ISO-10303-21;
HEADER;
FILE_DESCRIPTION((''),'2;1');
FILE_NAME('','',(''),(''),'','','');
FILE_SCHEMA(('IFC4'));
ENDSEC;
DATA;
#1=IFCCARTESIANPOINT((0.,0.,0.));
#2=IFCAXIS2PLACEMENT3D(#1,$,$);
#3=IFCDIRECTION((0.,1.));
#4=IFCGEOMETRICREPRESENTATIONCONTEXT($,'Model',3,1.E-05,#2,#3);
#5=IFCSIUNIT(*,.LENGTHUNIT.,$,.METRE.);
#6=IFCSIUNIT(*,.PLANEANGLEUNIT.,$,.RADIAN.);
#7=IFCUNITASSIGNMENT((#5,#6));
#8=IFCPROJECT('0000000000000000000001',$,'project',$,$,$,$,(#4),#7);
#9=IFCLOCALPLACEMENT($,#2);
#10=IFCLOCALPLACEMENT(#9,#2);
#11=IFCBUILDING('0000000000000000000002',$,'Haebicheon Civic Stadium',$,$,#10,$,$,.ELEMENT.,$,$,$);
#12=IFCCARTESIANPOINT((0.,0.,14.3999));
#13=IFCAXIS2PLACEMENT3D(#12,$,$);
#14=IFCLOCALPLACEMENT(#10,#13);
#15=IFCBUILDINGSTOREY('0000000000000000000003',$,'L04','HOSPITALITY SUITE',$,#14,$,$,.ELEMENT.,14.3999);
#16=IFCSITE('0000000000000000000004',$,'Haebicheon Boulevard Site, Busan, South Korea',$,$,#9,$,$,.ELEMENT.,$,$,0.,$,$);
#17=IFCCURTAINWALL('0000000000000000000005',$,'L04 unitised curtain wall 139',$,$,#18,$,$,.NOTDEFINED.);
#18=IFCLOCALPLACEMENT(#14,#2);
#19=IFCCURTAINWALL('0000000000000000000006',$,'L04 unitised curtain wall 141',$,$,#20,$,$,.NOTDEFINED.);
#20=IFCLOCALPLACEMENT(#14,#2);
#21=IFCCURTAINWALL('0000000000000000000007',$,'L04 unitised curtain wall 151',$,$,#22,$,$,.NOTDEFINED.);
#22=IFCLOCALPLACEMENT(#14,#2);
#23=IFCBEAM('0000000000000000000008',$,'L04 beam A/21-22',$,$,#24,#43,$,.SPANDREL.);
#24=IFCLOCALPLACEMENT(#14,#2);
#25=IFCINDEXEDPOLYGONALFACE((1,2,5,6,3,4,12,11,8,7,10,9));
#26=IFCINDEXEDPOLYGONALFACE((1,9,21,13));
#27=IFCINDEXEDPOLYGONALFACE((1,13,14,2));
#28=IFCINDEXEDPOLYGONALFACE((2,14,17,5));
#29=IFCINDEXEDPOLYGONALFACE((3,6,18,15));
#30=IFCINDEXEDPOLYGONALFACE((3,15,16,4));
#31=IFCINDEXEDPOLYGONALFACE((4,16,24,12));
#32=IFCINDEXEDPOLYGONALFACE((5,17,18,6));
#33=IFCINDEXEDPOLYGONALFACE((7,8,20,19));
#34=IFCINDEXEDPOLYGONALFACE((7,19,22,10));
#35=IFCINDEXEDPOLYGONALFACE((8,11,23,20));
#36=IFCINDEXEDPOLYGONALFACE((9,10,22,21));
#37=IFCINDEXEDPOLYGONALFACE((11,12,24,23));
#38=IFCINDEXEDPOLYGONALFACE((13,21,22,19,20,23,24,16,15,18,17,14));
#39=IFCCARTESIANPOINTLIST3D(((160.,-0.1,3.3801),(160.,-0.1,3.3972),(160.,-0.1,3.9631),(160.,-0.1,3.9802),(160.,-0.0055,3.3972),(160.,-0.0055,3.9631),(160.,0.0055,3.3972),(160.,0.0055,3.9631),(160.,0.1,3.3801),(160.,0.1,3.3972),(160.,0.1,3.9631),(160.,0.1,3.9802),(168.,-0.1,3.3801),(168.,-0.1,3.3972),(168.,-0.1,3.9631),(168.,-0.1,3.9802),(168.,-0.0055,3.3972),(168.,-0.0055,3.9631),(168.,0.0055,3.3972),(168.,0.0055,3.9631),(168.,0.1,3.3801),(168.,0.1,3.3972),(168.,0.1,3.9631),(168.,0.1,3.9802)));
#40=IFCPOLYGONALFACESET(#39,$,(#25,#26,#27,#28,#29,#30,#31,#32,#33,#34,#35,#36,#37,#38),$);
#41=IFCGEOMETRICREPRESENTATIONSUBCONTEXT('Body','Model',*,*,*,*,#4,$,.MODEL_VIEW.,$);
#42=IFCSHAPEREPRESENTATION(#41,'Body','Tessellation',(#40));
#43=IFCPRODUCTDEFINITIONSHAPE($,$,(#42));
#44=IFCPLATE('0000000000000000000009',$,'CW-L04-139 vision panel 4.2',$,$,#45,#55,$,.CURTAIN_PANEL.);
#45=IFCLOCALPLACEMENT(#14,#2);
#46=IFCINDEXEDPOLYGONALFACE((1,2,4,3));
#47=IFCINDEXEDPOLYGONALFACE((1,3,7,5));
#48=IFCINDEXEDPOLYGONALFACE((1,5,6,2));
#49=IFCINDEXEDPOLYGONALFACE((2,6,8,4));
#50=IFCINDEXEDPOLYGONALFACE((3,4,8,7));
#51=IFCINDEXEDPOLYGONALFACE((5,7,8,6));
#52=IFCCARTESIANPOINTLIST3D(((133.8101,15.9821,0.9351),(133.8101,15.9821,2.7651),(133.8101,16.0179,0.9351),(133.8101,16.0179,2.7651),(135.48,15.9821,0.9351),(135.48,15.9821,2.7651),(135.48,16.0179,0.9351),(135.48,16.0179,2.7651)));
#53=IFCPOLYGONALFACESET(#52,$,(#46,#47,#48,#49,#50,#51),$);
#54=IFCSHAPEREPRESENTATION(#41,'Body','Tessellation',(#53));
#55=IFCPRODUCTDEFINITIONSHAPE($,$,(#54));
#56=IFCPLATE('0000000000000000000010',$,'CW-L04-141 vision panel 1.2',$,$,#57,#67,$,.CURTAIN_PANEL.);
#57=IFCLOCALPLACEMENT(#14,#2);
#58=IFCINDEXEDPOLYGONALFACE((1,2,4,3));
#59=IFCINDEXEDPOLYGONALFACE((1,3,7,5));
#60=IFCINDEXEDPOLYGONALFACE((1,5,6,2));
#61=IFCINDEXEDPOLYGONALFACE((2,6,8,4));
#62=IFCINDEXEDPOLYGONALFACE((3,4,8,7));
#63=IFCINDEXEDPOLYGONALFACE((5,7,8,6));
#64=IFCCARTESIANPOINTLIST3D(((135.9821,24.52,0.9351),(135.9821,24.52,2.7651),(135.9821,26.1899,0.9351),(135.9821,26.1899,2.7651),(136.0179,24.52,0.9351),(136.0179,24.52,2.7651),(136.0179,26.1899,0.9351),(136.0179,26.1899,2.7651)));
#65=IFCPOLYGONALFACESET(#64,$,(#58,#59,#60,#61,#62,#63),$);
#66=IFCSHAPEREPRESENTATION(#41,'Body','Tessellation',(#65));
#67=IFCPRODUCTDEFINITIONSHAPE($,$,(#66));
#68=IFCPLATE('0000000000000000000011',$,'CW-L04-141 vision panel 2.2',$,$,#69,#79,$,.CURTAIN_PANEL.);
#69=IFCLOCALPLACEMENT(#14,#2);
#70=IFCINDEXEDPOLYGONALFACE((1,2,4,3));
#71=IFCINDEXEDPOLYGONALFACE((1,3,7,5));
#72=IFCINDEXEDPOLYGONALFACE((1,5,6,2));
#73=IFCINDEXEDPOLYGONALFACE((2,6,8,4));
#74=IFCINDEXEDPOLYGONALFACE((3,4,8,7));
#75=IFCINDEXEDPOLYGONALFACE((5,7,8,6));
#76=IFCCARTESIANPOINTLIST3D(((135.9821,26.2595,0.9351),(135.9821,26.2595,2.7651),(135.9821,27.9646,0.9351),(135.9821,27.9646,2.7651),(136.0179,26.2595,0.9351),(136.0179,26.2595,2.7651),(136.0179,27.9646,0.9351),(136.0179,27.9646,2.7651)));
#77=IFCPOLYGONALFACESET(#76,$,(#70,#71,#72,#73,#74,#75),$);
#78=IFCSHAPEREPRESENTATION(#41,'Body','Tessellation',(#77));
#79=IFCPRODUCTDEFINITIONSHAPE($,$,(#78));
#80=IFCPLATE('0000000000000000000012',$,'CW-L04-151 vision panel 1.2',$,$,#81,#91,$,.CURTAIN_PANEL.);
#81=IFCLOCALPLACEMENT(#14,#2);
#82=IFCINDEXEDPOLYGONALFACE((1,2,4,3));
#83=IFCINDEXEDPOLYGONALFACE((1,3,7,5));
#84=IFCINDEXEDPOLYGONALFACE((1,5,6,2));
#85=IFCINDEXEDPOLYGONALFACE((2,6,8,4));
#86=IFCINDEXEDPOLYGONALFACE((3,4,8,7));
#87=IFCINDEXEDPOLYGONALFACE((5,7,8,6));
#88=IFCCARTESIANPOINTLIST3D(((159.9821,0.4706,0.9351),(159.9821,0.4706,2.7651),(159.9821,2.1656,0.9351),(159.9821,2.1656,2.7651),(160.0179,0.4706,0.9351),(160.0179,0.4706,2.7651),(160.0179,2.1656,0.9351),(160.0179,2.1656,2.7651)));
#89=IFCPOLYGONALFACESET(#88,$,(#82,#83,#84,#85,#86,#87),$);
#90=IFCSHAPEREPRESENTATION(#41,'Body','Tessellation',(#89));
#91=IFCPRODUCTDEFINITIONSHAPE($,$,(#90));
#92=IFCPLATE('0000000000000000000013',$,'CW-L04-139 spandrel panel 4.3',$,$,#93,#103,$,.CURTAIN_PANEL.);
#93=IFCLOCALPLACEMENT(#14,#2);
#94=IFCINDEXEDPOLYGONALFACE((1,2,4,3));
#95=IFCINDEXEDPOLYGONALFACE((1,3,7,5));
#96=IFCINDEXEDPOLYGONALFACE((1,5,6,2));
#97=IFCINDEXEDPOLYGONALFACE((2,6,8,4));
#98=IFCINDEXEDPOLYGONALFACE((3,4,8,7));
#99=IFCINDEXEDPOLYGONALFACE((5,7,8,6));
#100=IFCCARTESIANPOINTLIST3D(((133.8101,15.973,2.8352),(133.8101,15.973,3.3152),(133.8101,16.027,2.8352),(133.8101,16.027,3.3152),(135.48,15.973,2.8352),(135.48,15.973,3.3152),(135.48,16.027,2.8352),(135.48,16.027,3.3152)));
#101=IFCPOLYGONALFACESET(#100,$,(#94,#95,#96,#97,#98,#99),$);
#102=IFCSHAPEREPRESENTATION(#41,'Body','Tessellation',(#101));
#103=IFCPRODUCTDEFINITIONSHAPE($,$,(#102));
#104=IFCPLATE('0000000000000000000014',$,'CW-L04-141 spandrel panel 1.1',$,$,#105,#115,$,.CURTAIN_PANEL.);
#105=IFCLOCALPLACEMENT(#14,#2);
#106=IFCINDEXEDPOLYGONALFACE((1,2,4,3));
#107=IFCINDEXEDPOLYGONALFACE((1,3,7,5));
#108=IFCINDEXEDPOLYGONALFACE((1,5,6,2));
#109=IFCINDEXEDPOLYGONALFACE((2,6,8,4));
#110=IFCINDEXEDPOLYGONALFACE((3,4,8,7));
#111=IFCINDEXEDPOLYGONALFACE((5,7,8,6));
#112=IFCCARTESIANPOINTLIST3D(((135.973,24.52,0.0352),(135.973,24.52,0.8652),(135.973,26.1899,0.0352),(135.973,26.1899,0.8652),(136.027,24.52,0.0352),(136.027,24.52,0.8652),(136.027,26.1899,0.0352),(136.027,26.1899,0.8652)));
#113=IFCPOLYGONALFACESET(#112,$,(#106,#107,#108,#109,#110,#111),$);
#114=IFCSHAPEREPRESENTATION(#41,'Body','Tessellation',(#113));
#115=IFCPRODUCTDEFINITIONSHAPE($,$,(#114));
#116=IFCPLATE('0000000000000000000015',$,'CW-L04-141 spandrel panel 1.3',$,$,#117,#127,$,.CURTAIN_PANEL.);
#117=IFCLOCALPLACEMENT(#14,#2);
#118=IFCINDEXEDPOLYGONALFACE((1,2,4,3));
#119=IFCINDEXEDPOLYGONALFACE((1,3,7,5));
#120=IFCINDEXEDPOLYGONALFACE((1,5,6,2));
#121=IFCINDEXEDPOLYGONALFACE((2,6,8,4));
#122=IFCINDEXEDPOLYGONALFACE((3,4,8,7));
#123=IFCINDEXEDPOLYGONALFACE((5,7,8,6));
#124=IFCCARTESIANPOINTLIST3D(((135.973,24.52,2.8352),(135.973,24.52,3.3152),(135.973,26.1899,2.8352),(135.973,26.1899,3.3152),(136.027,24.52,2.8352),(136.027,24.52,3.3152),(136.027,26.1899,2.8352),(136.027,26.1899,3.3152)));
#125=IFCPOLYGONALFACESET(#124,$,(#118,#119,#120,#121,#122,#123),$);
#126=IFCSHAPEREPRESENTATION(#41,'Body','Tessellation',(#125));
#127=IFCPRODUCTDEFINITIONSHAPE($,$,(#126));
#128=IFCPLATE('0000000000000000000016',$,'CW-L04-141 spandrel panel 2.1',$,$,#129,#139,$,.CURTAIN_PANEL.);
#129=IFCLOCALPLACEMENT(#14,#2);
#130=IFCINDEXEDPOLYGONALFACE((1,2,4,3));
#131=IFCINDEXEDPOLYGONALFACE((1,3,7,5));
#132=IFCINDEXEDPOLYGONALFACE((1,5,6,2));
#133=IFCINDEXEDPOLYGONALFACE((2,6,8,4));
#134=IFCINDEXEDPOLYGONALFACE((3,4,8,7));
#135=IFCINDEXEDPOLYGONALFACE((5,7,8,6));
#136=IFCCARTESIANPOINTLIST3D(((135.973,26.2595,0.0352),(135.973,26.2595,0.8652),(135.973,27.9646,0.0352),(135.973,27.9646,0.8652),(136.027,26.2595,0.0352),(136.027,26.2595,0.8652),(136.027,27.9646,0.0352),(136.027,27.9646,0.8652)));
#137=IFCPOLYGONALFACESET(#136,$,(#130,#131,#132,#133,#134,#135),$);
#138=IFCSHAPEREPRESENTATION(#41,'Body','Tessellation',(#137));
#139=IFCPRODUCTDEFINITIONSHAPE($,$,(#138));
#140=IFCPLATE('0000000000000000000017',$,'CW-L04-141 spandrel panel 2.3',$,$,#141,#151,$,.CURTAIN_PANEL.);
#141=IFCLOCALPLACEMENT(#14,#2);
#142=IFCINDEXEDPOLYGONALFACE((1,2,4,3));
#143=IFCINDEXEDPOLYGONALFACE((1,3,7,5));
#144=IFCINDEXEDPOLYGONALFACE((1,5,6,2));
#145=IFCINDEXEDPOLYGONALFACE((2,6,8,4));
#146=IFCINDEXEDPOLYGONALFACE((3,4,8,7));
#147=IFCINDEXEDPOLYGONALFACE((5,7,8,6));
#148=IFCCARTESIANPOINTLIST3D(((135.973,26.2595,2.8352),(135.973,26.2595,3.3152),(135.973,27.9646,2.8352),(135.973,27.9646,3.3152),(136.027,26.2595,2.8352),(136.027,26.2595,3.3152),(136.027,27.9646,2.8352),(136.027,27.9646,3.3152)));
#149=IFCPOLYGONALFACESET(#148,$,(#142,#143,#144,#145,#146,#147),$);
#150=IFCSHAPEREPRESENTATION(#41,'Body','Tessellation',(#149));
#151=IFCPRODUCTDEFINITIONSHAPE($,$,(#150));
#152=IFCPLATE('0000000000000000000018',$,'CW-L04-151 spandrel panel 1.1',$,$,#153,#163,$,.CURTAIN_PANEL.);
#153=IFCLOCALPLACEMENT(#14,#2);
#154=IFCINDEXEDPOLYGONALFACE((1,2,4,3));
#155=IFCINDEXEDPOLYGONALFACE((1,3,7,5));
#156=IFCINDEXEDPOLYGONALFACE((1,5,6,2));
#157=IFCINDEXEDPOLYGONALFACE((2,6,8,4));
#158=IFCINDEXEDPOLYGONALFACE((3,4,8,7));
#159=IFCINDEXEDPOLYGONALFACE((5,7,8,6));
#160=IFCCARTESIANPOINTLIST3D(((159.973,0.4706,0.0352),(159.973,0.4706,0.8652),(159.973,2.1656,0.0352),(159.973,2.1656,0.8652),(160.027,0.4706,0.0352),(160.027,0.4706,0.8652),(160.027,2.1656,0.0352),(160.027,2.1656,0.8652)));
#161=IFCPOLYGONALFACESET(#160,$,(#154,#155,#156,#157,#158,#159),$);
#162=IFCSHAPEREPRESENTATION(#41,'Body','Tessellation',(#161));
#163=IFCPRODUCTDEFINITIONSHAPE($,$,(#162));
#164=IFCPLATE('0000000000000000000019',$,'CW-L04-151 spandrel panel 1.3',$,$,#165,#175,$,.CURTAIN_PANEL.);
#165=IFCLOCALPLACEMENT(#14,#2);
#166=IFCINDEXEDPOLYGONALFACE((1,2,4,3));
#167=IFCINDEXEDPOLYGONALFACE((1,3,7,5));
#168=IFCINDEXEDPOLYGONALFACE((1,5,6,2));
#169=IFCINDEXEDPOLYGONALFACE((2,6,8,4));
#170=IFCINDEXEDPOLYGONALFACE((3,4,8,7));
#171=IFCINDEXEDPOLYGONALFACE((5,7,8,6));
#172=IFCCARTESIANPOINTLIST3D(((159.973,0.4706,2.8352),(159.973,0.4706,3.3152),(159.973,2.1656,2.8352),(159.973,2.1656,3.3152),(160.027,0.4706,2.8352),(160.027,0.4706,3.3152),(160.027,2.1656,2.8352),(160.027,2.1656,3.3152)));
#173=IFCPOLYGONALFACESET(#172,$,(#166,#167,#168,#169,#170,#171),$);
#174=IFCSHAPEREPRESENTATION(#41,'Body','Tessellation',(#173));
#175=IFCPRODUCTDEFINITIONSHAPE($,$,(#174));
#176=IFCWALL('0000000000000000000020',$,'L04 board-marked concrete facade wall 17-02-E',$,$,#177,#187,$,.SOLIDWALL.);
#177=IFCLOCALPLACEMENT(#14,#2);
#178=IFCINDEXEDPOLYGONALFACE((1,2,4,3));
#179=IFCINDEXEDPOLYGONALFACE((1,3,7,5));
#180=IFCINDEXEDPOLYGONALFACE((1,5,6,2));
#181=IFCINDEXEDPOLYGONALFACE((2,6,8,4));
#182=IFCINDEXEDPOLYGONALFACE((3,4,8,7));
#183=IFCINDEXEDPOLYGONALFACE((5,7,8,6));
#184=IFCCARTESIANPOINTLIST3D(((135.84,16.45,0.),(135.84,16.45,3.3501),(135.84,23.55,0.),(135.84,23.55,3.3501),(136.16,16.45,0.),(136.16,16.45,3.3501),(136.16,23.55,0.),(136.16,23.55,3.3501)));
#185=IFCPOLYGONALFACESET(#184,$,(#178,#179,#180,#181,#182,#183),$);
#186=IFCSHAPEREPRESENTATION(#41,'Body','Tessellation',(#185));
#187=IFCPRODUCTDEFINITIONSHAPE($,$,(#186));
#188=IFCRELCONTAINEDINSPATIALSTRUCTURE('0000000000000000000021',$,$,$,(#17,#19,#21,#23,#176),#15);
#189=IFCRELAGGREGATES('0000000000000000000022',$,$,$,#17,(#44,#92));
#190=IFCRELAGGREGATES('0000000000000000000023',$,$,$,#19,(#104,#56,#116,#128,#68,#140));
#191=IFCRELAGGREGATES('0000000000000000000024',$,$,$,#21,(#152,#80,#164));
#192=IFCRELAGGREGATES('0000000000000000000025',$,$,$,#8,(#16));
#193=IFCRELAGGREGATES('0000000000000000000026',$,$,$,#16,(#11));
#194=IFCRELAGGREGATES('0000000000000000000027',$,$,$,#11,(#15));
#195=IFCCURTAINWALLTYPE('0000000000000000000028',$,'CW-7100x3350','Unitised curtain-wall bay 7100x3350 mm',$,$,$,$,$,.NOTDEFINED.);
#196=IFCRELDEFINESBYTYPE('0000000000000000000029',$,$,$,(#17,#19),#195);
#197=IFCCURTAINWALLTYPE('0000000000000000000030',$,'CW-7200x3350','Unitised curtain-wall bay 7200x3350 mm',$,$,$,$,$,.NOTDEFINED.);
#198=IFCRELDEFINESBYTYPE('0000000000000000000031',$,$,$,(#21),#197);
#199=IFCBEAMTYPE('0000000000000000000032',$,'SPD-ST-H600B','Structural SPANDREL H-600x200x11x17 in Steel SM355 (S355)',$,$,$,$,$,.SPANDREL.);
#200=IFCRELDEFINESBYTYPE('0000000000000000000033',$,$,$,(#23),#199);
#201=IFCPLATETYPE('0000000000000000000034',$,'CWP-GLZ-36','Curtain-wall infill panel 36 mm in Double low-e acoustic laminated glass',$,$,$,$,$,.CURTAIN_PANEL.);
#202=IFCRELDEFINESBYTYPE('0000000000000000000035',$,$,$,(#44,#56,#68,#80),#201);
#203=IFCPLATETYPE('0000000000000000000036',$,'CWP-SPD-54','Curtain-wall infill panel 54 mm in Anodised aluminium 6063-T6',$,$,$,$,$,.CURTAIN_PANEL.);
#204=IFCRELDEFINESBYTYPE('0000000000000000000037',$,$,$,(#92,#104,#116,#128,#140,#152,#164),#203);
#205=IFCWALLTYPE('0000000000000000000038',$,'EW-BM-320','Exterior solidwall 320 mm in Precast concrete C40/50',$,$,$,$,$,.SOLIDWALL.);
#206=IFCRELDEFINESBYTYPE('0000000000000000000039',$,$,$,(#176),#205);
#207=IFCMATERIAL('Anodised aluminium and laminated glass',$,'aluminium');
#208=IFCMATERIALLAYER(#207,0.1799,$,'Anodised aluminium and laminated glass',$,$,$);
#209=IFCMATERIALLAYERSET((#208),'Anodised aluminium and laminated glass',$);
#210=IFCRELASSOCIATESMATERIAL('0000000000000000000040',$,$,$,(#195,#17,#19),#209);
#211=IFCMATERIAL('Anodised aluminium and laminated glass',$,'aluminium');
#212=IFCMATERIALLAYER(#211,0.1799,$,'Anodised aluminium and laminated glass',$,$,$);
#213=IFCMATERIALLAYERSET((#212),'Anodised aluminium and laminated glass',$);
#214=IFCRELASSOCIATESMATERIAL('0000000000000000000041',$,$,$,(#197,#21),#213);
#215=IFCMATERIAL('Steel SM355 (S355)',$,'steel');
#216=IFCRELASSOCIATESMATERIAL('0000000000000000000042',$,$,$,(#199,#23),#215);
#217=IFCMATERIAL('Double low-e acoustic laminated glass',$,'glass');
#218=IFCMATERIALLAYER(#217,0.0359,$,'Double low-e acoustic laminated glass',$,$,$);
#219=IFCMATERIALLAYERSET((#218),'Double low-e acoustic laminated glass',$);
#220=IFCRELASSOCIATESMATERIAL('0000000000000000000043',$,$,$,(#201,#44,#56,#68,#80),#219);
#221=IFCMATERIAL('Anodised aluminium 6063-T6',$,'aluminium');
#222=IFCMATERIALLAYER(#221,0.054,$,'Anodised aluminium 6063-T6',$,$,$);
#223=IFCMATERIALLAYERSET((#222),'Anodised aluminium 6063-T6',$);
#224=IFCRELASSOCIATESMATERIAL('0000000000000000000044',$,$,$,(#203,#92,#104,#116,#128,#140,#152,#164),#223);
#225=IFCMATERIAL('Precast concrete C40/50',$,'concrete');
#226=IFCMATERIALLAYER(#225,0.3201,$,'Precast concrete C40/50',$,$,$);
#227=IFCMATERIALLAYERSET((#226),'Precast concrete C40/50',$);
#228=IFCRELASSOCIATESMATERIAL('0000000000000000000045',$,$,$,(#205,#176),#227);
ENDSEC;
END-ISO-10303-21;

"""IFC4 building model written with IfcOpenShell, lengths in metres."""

from ifc_helpers import new_model, si_unit, direction, frame, frame_2d, origin, origin_2d, place, context, subcontext, project, spatial, rectangle, i_section, extrude, material, layer, layer_set, material_profile, profile_set, type_object, element, aggregate, save


model = new_model("IFC4")

# Units and contexts
model_context = context("Model", 3, precision=1e-05, world=origin(), true_north=direction((0.0, 1.0)))
body_context = subcontext(model_context, "Body", "Model", "MODEL_VIEW")
ifc_project = project(units=[si_unit("LENGTHUNIT", "METRE"), si_unit("PLANEANGLEUNIT", "RADIAN")], contexts=[model_context])

# Site, building, storey
site_placement = place(None, origin())
site = spatial("IfcSite", under=ifc_project, at=site_placement, Name="Haebicheon Boulevard Site, Busan, South Korea", CompositionType="ELEMENT", RefElevation=0.0)
building_placement = place(site_placement, origin())
building = spatial("IfcBuilding", under=site, at=building_placement, Name="Haebicheon Civic Stadium", CompositionType="ELEMENT")
storey_placement = place(building_placement, frame((0.0, 0.0, 14.3999)))
storey = spatial("IfcBuildingStorey", under=building, at=storey_placement, Name="L04", Description="HOSPITALITY SUITE", CompositionType="ELEMENT", Elevation=14.3999)

# Curtain wall
ifc_material_1 = material(Name="Anodised aluminium and laminated glass", Category="aluminium")
ifc_layer_1 = layer(ifc_material_1, 0.1799, Name="Anodised aluminium and laminated glass")
ifc_layer_set_1 = layer_set([ifc_layer_1], Name="Anodised aluminium and laminated glass")
curtain_wall_type_1 = type_object("IfcCurtainWallType", Name="CW-7100x3350", Description="Unitised curtain-wall bay 7100x3350 mm", PredefinedType="NOTDEFINED", material=ifc_layer_set_1)
curtain_wall_1_placement = place(storey_placement, origin())
curtain_wall_1 = element("IfcCurtainWall", 1, at=curtain_wall_1_placement, inside=storey, type_object=curtain_wall_type_1, material=ifc_layer_set_1, Name="L04 unitised curtain wall 139", PredefinedType="NOTDEFINED")

# Curtain walls
curtain_wall_2_placement = place(storey_placement, origin())
curtain_wall_2 = element("IfcCurtainWall", 2, at=curtain_wall_2_placement, inside=storey, type_object=curtain_wall_type_1, material=ifc_layer_set_1, Name="L04 unitised curtain wall 141", PredefinedType="NOTDEFINED")
ifc_material_2 = material(Name="Anodised aluminium and laminated glass", Category="aluminium")
ifc_layer_2 = layer(ifc_material_2, 0.1799, Name="Anodised aluminium and laminated glass")
ifc_layer_set_2 = layer_set([ifc_layer_2], Name="Anodised aluminium and laminated glass")
curtain_wall_type_2 = type_object("IfcCurtainWallType", Name="CW-7200x3350", Description="Unitised curtain-wall bay 7200x3350 mm", PredefinedType="NOTDEFINED", material=ifc_layer_set_2)
curtain_wall_3_placement = place(storey_placement, origin())
curtain_wall_3 = element("IfcCurtainWall", 3, at=curtain_wall_3_placement, inside=storey, type_object=curtain_wall_type_2, material=ifc_layer_set_2, Name="L04 unitised curtain wall 151", PredefinedType="NOTDEFINED")

# Beam
ifc_material_3 = material(Name="Steel SM355 (S355)", Category="steel")
ifc_material_profile_1 = material_profile(ifc_material_3, i_section(OverallWidth=0.2, OverallDepth=0.6001, WebThickness=0.011, FlangeThickness=0.0171, at=origin_2d()), Name="H-600x200x11x17")
ifc_profile_set_1 = profile_set([ifc_material_profile_1], Name="Steel SM355 (S355)")
beam_type = type_object("IfcBeamType", Name="SPD-ST-H600B", Description="Structural SPANDREL H-600x200x11x17 in Steel SM355 (S355)", PredefinedType="SPANDREL", material=ifc_profile_set_1)
for number, where, z_axis, x_axis, name in (
    (4, (160.0, 0.0, 3.6802), (1.0, 0.0, 0.0), (0.0, 1.0, 0.0), "L04 beam A/21-22"),
):
    element("IfcBeam", number, at=place(storey_placement, frame(where, z_axis=z_axis, x_axis=x_axis)), inside=storey, type_object=beam_type, material=ifc_profile_set_1, Name=name, PredefinedType="SPANDREL", context=body_context, shape_type="SweptSolid", body=[
        extrude(i_section(OverallWidth=0.2, OverallDepth=0.6001, WebThickness=0.011, FlangeThickness=0.0171, at=origin_2d()), origin(), (0.0, 0.0, 1.0), 8.0),
    ])

# Plates
ifc_material_4 = material(Name="Double low-e acoustic laminated glass", Category="glass")
ifc_layer_3 = layer(ifc_material_4, 0.0359, Name="Double low-e acoustic laminated glass")
ifc_layer_set_3 = layer_set([ifc_layer_3], Name="Double low-e acoustic laminated glass")
plate_type_1 = type_object("IfcPlateType", Name="CWP-GLZ-36", Description="Curtain-wall infill panel 36 mm in Double low-e acoustic laminated glass", PredefinedType="CURTAIN_PANEL", material=ifc_layer_set_3)
plate_1_placement = place(storey_placement, frame((134.645, 16.0, 0.9351), z_axis=(0.0, 0.0, 1.0), x_axis=(1.0, 0.0, 0.0)))
plate_1 = element("IfcPlate", 5, at=plate_1_placement, type_object=plate_type_1, material=ifc_layer_set_3, Name="CW-L04-139 vision panel 4.2", PredefinedType="CURTAIN_PANEL", context=body_context, shape_type="SweptSolid", body=[
    extrude(rectangle(XDim=1.6699, YDim=0.0359, at=origin_2d()), origin(), (0.0, 0.0, 1.0), 1.8301),
])
plate_2_placement = place(storey_placement, frame((136.0, 25.355, 0.9351), z_axis=(0.0, 0.0, 1.0), x_axis=(0.0, 1.0, 0.0)))
plate_2 = element("IfcPlate", 6, at=plate_2_placement, type_object=plate_type_1, material=ifc_layer_set_3, Name="CW-L04-141 vision panel 1.2", PredefinedType="CURTAIN_PANEL", context=body_context, shape_type="SweptSolid", body=[
    extrude(rectangle(XDim=1.6699, YDim=0.0359, at=origin_2d()), origin(), (0.0, 0.0, 1.0), 1.8301),
])
plate_3_placement = place(storey_placement, frame((136.0, 27.1121, 0.9351), z_axis=(0.0, 0.0, 1.0), x_axis=(0.0, 1.0, 0.0)))
plate_3 = element("IfcPlate", 7, at=plate_3_placement, type_object=plate_type_1, material=ifc_layer_set_3, Name="CW-L04-141 vision panel 2.2", PredefinedType="CURTAIN_PANEL", context=body_context, shape_type="SweptSolid", body=[
    extrude(rectangle(XDim=1.7051, YDim=0.0359, at=origin_2d()), origin(), (0.0, 0.0, 1.0), 1.8301),
])
plate_4_placement = place(storey_placement, frame((160.0, 1.3181, 0.9351), z_axis=(0.0, 0.0, 1.0), x_axis=(0.0, 1.0, 0.0)))
plate_4 = element("IfcPlate", 8, at=plate_4_placement, type_object=plate_type_1, material=ifc_layer_set_3, Name="CW-L04-151 vision panel 1.2", PredefinedType="CURTAIN_PANEL", context=body_context, shape_type="SweptSolid", body=[
    extrude(rectangle(XDim=1.6951, YDim=0.0359, at=origin_2d()), origin(), (0.0, 0.0, 1.0), 1.8301),
])
ifc_material_5 = material(Name="Anodised aluminium 6063-T6", Category="aluminium")
ifc_layer_4 = layer(ifc_material_5, 0.054, Name="Anodised aluminium 6063-T6")
ifc_layer_set_4 = layer_set([ifc_layer_4], Name="Anodised aluminium 6063-T6")
plate_type_2 = type_object("IfcPlateType", Name="CWP-SPD-54", Description="Curtain-wall infill panel 54 mm in Anodised aluminium 6063-T6", PredefinedType="CURTAIN_PANEL", material=ifc_layer_set_4)
plate_5_placement = place(storey_placement, frame((134.645, 16.0, 2.8352), z_axis=(0.0, 0.0, 1.0), x_axis=(1.0, 0.0, 0.0)))
plate_5 = element("IfcPlate", 9, at=plate_5_placement, type_object=plate_type_2, material=ifc_layer_set_4, Name="CW-L04-139 spandrel panel 4.3", PredefinedType="CURTAIN_PANEL", context=body_context, shape_type="SweptSolid", body=[
    extrude(rectangle(XDim=1.6699, YDim=0.054, at=origin_2d()), origin(), (0.0, 0.0, 1.0), 0.48),
])
aggregate(curtain_wall_1, [plate_1, plate_5])
plate_6_placement = place(storey_placement, frame((136.0, 25.355, 0.0352), z_axis=(0.0, 0.0, 1.0), x_axis=(0.0, 1.0, 0.0)))
plate_6 = element("IfcPlate", 10, at=plate_6_placement, type_object=plate_type_2, material=ifc_layer_set_4, Name="CW-L04-141 spandrel panel 1.1", PredefinedType="CURTAIN_PANEL", context=body_context, shape_type="SweptSolid", body=[
    extrude(rectangle(XDim=1.6699, YDim=0.054, at=origin_2d()), origin(), (0.0, 0.0, 1.0), 0.8301),
])
plate_7_placement = place(storey_placement, frame((136.0, 25.355, 2.8352), z_axis=(0.0, 0.0, 1.0), x_axis=(0.0, 1.0, 0.0)))
plate_7 = element("IfcPlate", 11, at=plate_7_placement, type_object=plate_type_2, material=ifc_layer_set_4, Name="CW-L04-141 spandrel panel 1.3", PredefinedType="CURTAIN_PANEL", context=body_context, shape_type="SweptSolid", body=[
    extrude(rectangle(XDim=1.6699, YDim=0.054, at=origin_2d()), origin(), (0.0, 0.0, 1.0), 0.48),
])
plate_8_placement = place(storey_placement, frame((136.0, 27.1121, 0.0352), z_axis=(0.0, 0.0, 1.0), x_axis=(0.0, 1.0, 0.0)))
plate_8 = element("IfcPlate", 12, at=plate_8_placement, type_object=plate_type_2, material=ifc_layer_set_4, Name="CW-L04-141 spandrel panel 2.1", PredefinedType="CURTAIN_PANEL", context=body_context, shape_type="SweptSolid", body=[
    extrude(rectangle(XDim=1.7051, YDim=0.054, at=origin_2d()), origin(), (0.0, 0.0, 1.0), 0.8301),
])
plate_9_placement = place(storey_placement, frame((136.0, 27.1121, 2.8352), z_axis=(0.0, 0.0, 1.0), x_axis=(0.0, 1.0, 0.0)))
plate_9 = element("IfcPlate", 13, at=plate_9_placement, type_object=plate_type_2, material=ifc_layer_set_4, Name="CW-L04-141 spandrel panel 2.3", PredefinedType="CURTAIN_PANEL", context=body_context, shape_type="SweptSolid", body=[
    extrude(rectangle(XDim=1.7051, YDim=0.054, at=origin_2d()), origin(), (0.0, 0.0, 1.0), 0.48),
])
aggregate(curtain_wall_2, [plate_6, plate_2, plate_7, plate_8, plate_3, plate_9])
plate_10_placement = place(storey_placement, frame((160.0, 1.3181, 0.0352), z_axis=(0.0, 0.0, 1.0), x_axis=(0.0, 1.0, 0.0)))
plate_10 = element("IfcPlate", 14, at=plate_10_placement, type_object=plate_type_2, material=ifc_layer_set_4, Name="CW-L04-151 spandrel panel 1.1", PredefinedType="CURTAIN_PANEL", context=body_context, shape_type="SweptSolid", body=[
    extrude(rectangle(XDim=1.6951, YDim=0.054, at=origin_2d()), origin(), (0.0, 0.0, 1.0), 0.8301),
])
plate_11_placement = place(storey_placement, frame((160.0, 1.3181, 2.8352), z_axis=(0.0, 0.0, 1.0), x_axis=(0.0, 1.0, 0.0)))
plate_11 = element("IfcPlate", 15, at=plate_11_placement, type_object=plate_type_2, material=ifc_layer_set_4, Name="CW-L04-151 spandrel panel 1.3", PredefinedType="CURTAIN_PANEL", context=body_context, shape_type="SweptSolid", body=[
    extrude(rectangle(XDim=1.6951, YDim=0.054, at=origin_2d()), origin(), (0.0, 0.0, 1.0), 0.48),
])
aggregate(curtain_wall_3, [plate_10, plate_4, plate_11])

# Wall
ifc_material_6 = material(Name="Precast concrete C40/50", Category="concrete")
ifc_layer_5 = layer(ifc_material_6, 0.3201, Name="Precast concrete C40/50")
ifc_layer_set_5 = layer_set([ifc_layer_5], Name="Precast concrete C40/50")
wall_type = type_object("IfcWallType", Name="EW-BM-320", Description="Exterior solidwall 320 mm in Precast concrete C40/50", PredefinedType="SOLIDWALL", material=ifc_layer_set_5)
wall_placement = place(storey_placement, frame((136.0, 16.45, 0.0), z_axis=(0.0, 0.0, 1.0), x_axis=(0.0, 1.0, 0.0)))
element("IfcWall", 16, at=wall_placement, inside=storey, type_object=wall_type, material=ifc_layer_set_5, Name="L04 board-marked concrete facade wall 17-02-E", PredefinedType="SOLIDWALL", context=body_context, shape_type="SweptSolid", body=[
    extrude(rectangle(XDim=7.1001, YDim=0.3201, at=frame_2d((3.55, 0.0))), origin(), (0.0, 0.0, 1.0), 3.3501),
])

save(model, "model.ifc")
